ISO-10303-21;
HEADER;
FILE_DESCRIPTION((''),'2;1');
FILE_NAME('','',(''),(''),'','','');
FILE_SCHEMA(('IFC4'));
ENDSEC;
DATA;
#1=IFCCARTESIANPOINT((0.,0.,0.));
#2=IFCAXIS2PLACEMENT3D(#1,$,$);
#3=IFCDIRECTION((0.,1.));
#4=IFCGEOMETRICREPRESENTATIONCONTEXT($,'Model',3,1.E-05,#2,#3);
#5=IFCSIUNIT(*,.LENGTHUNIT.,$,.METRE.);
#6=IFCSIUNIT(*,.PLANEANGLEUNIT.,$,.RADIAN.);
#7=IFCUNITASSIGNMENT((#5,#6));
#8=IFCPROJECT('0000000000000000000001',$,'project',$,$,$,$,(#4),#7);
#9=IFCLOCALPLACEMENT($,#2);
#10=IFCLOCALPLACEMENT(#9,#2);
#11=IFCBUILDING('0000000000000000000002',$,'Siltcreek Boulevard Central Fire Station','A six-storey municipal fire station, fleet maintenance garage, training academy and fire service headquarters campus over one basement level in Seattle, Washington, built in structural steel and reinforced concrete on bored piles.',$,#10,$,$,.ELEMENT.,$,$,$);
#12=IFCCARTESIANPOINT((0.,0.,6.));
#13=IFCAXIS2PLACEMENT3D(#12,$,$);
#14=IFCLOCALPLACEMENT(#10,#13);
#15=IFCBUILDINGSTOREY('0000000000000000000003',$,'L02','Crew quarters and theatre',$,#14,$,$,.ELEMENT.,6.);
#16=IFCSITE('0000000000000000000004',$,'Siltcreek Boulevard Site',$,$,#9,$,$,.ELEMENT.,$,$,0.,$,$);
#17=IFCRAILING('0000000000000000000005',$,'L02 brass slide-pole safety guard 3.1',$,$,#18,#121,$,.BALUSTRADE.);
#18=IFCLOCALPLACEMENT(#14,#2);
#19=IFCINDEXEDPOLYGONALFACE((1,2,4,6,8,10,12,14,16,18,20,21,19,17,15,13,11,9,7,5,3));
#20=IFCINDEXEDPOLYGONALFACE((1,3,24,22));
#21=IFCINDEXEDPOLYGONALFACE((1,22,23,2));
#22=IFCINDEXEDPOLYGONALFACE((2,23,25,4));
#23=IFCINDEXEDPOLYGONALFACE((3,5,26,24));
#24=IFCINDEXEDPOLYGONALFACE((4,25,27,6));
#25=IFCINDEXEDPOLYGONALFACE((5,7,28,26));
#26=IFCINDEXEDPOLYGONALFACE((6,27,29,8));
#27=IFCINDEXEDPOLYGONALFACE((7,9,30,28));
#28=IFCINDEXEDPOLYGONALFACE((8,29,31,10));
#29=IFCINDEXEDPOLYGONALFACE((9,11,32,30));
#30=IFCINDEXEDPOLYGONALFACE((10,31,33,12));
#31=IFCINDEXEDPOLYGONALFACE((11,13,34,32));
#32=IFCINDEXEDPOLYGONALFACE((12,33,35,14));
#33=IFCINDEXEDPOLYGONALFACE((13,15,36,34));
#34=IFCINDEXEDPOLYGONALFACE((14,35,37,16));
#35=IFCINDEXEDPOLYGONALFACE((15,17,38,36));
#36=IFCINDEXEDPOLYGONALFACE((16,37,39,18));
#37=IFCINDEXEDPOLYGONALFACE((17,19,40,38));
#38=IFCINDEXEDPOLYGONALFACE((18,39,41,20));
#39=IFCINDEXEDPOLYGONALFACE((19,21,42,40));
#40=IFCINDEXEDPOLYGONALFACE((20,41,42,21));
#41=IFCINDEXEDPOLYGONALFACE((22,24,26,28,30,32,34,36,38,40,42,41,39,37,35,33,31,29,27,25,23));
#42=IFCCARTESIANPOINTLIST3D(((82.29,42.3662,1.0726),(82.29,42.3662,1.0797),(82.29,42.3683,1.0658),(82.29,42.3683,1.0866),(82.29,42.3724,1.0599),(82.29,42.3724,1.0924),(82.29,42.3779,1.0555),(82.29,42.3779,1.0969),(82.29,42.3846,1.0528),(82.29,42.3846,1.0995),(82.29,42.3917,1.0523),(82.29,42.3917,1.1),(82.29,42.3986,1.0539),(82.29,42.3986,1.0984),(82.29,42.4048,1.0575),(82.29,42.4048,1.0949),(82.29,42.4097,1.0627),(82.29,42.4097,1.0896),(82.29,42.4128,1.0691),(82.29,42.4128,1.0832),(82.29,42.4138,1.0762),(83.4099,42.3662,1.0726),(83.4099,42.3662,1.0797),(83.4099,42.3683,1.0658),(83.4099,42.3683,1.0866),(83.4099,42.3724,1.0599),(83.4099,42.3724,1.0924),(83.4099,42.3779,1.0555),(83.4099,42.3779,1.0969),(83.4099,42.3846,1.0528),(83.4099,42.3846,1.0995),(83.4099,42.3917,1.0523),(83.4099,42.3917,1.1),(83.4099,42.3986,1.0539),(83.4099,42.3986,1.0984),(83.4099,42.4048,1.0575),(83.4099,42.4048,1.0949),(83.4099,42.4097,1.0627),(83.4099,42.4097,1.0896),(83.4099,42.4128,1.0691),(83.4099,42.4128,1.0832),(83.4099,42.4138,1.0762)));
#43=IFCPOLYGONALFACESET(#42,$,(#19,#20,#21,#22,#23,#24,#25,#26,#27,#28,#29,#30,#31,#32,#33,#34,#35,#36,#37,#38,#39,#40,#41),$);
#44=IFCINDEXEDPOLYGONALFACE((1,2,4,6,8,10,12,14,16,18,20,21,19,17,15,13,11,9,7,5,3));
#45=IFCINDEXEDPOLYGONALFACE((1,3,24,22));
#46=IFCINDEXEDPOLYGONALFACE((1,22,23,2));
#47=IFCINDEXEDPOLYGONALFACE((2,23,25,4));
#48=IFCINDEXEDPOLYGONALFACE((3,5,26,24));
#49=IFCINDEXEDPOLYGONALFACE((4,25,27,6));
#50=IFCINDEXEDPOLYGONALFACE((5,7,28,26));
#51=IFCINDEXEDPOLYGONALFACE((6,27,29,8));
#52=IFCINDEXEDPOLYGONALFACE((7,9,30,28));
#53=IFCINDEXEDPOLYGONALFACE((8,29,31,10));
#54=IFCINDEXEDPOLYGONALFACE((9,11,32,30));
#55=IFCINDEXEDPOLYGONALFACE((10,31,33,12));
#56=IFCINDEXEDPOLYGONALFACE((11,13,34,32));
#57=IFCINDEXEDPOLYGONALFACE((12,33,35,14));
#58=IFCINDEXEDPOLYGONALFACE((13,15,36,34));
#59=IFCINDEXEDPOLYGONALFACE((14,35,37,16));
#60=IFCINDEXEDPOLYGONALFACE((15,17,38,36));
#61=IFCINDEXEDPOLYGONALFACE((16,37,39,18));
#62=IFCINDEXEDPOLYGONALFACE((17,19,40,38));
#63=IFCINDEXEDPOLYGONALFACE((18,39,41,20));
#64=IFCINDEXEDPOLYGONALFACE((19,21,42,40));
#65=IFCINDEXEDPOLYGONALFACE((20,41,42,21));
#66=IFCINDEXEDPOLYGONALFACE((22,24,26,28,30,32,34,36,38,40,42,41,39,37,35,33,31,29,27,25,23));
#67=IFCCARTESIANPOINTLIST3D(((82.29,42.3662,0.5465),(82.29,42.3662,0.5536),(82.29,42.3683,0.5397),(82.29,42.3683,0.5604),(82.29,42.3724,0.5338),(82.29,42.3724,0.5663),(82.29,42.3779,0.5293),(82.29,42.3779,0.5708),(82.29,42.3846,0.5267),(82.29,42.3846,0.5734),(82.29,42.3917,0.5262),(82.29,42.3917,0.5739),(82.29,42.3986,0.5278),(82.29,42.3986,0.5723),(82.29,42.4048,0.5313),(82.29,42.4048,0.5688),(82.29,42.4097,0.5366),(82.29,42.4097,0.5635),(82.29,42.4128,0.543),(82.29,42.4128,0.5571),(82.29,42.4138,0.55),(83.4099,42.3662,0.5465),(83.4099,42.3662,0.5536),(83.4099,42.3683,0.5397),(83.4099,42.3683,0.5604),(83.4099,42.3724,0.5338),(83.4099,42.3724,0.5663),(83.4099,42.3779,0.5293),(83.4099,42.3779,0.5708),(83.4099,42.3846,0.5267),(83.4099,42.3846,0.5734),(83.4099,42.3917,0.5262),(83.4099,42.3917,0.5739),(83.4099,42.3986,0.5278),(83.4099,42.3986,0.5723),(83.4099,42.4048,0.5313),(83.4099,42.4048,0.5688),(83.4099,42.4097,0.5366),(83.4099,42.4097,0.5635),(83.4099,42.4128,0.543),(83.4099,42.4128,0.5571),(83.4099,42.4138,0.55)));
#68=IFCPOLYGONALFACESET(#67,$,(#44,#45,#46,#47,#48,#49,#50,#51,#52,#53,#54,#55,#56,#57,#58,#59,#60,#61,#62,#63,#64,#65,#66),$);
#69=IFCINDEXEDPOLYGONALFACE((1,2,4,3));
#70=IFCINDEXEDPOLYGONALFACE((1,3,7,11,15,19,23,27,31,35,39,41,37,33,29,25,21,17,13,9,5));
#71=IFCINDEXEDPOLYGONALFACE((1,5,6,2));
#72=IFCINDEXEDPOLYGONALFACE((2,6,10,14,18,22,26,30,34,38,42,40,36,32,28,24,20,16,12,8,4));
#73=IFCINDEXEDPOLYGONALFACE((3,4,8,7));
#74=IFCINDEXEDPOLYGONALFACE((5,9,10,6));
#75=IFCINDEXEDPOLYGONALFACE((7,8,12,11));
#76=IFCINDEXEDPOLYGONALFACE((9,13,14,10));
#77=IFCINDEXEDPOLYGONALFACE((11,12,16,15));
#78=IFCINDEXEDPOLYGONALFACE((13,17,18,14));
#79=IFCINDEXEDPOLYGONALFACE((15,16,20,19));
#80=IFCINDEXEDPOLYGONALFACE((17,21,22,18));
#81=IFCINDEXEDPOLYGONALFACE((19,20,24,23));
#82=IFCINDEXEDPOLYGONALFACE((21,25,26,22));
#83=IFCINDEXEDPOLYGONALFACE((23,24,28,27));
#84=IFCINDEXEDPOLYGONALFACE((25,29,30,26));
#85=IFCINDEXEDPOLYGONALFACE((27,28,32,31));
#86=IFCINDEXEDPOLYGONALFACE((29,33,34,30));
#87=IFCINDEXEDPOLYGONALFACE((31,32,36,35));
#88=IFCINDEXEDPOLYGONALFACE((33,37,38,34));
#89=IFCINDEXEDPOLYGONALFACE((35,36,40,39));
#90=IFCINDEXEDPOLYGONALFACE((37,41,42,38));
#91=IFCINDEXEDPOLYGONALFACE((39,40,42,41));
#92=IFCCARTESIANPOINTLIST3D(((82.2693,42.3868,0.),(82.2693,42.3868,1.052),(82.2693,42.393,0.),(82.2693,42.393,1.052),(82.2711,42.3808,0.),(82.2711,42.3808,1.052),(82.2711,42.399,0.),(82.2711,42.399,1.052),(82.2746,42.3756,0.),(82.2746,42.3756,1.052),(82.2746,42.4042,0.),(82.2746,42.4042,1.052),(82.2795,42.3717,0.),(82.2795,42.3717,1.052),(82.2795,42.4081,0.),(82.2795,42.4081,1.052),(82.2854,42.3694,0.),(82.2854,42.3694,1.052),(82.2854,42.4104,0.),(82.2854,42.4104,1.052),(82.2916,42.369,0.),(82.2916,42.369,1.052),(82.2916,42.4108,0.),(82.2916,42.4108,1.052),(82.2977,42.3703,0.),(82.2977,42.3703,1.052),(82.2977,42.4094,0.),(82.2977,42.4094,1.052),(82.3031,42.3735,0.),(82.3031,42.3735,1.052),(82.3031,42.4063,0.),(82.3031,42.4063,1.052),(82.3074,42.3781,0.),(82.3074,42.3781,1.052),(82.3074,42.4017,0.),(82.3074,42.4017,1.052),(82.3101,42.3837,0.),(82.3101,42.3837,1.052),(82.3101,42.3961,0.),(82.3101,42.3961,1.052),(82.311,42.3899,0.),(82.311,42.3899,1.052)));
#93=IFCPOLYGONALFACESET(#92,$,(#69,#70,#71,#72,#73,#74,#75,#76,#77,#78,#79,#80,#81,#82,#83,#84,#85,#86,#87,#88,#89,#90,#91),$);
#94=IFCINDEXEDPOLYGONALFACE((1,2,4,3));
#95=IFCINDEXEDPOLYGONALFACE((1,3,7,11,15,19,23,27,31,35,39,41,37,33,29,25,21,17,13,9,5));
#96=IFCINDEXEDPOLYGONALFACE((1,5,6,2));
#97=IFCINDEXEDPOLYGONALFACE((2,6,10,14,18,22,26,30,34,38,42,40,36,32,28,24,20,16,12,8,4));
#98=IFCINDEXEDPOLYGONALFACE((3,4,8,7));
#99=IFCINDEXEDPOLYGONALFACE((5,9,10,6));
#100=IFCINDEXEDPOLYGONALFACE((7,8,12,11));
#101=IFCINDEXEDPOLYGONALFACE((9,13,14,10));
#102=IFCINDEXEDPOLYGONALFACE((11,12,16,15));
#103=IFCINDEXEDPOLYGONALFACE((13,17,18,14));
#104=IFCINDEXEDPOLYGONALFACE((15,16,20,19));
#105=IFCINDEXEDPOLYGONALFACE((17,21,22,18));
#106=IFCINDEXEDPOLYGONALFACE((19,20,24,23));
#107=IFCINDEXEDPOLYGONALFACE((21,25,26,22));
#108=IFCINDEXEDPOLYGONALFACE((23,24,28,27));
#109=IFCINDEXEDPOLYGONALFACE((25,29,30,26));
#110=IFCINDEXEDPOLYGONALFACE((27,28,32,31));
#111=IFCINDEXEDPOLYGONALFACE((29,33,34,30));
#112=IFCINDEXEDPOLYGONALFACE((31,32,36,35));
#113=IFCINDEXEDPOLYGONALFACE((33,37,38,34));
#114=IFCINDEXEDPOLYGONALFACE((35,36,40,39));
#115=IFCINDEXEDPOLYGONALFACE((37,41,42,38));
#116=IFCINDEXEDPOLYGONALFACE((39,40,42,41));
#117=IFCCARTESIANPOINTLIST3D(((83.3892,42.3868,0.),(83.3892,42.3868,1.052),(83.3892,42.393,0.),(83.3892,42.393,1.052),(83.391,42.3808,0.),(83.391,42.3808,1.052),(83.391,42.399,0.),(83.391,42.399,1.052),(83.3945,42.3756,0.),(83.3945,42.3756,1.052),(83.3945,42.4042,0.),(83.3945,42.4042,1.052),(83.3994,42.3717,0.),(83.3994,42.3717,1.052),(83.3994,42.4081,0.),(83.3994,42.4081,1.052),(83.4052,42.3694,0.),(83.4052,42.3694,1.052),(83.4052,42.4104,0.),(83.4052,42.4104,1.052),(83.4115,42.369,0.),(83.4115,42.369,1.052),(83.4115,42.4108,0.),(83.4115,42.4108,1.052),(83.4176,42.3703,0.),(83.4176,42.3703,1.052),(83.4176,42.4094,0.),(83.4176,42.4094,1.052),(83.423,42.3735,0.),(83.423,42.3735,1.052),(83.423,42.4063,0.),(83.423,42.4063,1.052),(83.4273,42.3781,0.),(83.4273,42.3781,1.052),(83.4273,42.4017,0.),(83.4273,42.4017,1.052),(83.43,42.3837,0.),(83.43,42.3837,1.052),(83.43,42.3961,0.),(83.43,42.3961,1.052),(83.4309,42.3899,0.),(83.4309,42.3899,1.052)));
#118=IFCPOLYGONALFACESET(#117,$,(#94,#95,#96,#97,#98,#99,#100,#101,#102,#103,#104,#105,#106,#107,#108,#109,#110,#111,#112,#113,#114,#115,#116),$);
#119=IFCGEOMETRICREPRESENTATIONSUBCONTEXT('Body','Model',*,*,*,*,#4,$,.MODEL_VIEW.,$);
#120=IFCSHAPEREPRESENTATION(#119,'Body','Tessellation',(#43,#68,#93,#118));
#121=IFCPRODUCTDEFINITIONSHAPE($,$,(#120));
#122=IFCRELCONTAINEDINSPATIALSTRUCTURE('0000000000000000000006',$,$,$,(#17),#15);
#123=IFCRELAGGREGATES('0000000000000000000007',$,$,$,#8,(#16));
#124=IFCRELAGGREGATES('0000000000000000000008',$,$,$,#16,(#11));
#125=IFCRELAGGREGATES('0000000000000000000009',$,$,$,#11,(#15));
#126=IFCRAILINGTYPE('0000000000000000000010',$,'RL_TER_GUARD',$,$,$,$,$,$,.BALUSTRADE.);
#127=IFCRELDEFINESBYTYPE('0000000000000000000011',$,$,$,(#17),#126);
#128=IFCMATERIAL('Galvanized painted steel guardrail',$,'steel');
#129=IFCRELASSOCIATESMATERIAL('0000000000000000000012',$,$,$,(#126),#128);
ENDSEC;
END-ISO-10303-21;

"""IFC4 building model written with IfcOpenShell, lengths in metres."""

from ifc_helpers import new_model, si_unit, direction, frame, origin, origin_2d, place, context, subcontext, project, spatial, circle, extrude, material, type_object, element, save


model = new_model("IFC4")

# Units and contexts
model_context = context("Model", 3, precision=1e-05, world=origin(), true_north=direction((0.0, 1.0)))
body_context = subcontext(model_context, "Body", "Model", "MODEL_VIEW")
ifc_project = project(units=[si_unit("LENGTHUNIT", "METRE"), si_unit("PLANEANGLEUNIT", "RADIAN")], contexts=[model_context])

# Site, building, storey
site_placement = place(None, origin())
site = spatial("IfcSite", under=ifc_project, at=site_placement, Name="Siltcreek Boulevard Site", CompositionType="ELEMENT", RefElevation=0.0)
building_placement = place(site_placement, origin())
building = spatial("IfcBuilding", under=site, at=building_placement, Name="Siltcreek Boulevard Central Fire Station", Description="A six-storey municipal fire station, fleet maintenance garage, training academy and fire service headquarters campus over one basement level in Seattle, Washington, built in structural steel and reinforced concrete on bored piles.", CompositionType="ELEMENT")
storey_placement = place(building_placement, frame((0.0, 0.0, 6.0)))
storey = spatial("IfcBuildingStorey", under=building, at=storey_placement, Name="L02", Description="Crew quarters and theatre", CompositionType="ELEMENT", Elevation=6.0)

# Railing
ifc_material_1 = material(Name="Galvanized painted steel guardrail", Category="steel")
railing_type = type_object("IfcRailingType", Name="RL_TER_GUARD", PredefinedType="BALUSTRADE", material=ifc_material_1)
railing_1_placement = place(storey_placement, frame((82.29, 42.3899, 0.0)))
element("IfcRailing", 1, at=railing_1_placement, inside=storey, type_object=railing_type, Name="L02 brass slide-pole safety guard 3.1", PredefinedType="BALUSTRADE", context=body_context, shape_type="SweptSolid", body=[
    extrude(circle(Radius=0.0239, at=origin_2d()), frame((0.0, 0.0, 1.0762), z_axis=(1.0, 0.0, 0.0), x_axis=(0.0, 1.0, 0.0)), (0.0, 0.0, 1.0), 1.1199),
    extrude(circle(Radius=0.0239, at=origin_2d()), frame((0.0, 0.0, 0.55), z_axis=(1.0, 0.0, 0.0), x_axis=(0.0, 1.0, 0.0)), (0.0, 0.0, 1.0), 1.1199),
    extrude(circle(Radius=0.021, at=origin_2d()), origin(), (0.0, 0.0, 1.0), 1.052),
    extrude(circle(Radius=0.021, at=origin_2d()), frame((1.1199, 0.0, 0.0)), (0.0, 0.0, 1.0), 1.052),
])

save(model, "model.ifc")
